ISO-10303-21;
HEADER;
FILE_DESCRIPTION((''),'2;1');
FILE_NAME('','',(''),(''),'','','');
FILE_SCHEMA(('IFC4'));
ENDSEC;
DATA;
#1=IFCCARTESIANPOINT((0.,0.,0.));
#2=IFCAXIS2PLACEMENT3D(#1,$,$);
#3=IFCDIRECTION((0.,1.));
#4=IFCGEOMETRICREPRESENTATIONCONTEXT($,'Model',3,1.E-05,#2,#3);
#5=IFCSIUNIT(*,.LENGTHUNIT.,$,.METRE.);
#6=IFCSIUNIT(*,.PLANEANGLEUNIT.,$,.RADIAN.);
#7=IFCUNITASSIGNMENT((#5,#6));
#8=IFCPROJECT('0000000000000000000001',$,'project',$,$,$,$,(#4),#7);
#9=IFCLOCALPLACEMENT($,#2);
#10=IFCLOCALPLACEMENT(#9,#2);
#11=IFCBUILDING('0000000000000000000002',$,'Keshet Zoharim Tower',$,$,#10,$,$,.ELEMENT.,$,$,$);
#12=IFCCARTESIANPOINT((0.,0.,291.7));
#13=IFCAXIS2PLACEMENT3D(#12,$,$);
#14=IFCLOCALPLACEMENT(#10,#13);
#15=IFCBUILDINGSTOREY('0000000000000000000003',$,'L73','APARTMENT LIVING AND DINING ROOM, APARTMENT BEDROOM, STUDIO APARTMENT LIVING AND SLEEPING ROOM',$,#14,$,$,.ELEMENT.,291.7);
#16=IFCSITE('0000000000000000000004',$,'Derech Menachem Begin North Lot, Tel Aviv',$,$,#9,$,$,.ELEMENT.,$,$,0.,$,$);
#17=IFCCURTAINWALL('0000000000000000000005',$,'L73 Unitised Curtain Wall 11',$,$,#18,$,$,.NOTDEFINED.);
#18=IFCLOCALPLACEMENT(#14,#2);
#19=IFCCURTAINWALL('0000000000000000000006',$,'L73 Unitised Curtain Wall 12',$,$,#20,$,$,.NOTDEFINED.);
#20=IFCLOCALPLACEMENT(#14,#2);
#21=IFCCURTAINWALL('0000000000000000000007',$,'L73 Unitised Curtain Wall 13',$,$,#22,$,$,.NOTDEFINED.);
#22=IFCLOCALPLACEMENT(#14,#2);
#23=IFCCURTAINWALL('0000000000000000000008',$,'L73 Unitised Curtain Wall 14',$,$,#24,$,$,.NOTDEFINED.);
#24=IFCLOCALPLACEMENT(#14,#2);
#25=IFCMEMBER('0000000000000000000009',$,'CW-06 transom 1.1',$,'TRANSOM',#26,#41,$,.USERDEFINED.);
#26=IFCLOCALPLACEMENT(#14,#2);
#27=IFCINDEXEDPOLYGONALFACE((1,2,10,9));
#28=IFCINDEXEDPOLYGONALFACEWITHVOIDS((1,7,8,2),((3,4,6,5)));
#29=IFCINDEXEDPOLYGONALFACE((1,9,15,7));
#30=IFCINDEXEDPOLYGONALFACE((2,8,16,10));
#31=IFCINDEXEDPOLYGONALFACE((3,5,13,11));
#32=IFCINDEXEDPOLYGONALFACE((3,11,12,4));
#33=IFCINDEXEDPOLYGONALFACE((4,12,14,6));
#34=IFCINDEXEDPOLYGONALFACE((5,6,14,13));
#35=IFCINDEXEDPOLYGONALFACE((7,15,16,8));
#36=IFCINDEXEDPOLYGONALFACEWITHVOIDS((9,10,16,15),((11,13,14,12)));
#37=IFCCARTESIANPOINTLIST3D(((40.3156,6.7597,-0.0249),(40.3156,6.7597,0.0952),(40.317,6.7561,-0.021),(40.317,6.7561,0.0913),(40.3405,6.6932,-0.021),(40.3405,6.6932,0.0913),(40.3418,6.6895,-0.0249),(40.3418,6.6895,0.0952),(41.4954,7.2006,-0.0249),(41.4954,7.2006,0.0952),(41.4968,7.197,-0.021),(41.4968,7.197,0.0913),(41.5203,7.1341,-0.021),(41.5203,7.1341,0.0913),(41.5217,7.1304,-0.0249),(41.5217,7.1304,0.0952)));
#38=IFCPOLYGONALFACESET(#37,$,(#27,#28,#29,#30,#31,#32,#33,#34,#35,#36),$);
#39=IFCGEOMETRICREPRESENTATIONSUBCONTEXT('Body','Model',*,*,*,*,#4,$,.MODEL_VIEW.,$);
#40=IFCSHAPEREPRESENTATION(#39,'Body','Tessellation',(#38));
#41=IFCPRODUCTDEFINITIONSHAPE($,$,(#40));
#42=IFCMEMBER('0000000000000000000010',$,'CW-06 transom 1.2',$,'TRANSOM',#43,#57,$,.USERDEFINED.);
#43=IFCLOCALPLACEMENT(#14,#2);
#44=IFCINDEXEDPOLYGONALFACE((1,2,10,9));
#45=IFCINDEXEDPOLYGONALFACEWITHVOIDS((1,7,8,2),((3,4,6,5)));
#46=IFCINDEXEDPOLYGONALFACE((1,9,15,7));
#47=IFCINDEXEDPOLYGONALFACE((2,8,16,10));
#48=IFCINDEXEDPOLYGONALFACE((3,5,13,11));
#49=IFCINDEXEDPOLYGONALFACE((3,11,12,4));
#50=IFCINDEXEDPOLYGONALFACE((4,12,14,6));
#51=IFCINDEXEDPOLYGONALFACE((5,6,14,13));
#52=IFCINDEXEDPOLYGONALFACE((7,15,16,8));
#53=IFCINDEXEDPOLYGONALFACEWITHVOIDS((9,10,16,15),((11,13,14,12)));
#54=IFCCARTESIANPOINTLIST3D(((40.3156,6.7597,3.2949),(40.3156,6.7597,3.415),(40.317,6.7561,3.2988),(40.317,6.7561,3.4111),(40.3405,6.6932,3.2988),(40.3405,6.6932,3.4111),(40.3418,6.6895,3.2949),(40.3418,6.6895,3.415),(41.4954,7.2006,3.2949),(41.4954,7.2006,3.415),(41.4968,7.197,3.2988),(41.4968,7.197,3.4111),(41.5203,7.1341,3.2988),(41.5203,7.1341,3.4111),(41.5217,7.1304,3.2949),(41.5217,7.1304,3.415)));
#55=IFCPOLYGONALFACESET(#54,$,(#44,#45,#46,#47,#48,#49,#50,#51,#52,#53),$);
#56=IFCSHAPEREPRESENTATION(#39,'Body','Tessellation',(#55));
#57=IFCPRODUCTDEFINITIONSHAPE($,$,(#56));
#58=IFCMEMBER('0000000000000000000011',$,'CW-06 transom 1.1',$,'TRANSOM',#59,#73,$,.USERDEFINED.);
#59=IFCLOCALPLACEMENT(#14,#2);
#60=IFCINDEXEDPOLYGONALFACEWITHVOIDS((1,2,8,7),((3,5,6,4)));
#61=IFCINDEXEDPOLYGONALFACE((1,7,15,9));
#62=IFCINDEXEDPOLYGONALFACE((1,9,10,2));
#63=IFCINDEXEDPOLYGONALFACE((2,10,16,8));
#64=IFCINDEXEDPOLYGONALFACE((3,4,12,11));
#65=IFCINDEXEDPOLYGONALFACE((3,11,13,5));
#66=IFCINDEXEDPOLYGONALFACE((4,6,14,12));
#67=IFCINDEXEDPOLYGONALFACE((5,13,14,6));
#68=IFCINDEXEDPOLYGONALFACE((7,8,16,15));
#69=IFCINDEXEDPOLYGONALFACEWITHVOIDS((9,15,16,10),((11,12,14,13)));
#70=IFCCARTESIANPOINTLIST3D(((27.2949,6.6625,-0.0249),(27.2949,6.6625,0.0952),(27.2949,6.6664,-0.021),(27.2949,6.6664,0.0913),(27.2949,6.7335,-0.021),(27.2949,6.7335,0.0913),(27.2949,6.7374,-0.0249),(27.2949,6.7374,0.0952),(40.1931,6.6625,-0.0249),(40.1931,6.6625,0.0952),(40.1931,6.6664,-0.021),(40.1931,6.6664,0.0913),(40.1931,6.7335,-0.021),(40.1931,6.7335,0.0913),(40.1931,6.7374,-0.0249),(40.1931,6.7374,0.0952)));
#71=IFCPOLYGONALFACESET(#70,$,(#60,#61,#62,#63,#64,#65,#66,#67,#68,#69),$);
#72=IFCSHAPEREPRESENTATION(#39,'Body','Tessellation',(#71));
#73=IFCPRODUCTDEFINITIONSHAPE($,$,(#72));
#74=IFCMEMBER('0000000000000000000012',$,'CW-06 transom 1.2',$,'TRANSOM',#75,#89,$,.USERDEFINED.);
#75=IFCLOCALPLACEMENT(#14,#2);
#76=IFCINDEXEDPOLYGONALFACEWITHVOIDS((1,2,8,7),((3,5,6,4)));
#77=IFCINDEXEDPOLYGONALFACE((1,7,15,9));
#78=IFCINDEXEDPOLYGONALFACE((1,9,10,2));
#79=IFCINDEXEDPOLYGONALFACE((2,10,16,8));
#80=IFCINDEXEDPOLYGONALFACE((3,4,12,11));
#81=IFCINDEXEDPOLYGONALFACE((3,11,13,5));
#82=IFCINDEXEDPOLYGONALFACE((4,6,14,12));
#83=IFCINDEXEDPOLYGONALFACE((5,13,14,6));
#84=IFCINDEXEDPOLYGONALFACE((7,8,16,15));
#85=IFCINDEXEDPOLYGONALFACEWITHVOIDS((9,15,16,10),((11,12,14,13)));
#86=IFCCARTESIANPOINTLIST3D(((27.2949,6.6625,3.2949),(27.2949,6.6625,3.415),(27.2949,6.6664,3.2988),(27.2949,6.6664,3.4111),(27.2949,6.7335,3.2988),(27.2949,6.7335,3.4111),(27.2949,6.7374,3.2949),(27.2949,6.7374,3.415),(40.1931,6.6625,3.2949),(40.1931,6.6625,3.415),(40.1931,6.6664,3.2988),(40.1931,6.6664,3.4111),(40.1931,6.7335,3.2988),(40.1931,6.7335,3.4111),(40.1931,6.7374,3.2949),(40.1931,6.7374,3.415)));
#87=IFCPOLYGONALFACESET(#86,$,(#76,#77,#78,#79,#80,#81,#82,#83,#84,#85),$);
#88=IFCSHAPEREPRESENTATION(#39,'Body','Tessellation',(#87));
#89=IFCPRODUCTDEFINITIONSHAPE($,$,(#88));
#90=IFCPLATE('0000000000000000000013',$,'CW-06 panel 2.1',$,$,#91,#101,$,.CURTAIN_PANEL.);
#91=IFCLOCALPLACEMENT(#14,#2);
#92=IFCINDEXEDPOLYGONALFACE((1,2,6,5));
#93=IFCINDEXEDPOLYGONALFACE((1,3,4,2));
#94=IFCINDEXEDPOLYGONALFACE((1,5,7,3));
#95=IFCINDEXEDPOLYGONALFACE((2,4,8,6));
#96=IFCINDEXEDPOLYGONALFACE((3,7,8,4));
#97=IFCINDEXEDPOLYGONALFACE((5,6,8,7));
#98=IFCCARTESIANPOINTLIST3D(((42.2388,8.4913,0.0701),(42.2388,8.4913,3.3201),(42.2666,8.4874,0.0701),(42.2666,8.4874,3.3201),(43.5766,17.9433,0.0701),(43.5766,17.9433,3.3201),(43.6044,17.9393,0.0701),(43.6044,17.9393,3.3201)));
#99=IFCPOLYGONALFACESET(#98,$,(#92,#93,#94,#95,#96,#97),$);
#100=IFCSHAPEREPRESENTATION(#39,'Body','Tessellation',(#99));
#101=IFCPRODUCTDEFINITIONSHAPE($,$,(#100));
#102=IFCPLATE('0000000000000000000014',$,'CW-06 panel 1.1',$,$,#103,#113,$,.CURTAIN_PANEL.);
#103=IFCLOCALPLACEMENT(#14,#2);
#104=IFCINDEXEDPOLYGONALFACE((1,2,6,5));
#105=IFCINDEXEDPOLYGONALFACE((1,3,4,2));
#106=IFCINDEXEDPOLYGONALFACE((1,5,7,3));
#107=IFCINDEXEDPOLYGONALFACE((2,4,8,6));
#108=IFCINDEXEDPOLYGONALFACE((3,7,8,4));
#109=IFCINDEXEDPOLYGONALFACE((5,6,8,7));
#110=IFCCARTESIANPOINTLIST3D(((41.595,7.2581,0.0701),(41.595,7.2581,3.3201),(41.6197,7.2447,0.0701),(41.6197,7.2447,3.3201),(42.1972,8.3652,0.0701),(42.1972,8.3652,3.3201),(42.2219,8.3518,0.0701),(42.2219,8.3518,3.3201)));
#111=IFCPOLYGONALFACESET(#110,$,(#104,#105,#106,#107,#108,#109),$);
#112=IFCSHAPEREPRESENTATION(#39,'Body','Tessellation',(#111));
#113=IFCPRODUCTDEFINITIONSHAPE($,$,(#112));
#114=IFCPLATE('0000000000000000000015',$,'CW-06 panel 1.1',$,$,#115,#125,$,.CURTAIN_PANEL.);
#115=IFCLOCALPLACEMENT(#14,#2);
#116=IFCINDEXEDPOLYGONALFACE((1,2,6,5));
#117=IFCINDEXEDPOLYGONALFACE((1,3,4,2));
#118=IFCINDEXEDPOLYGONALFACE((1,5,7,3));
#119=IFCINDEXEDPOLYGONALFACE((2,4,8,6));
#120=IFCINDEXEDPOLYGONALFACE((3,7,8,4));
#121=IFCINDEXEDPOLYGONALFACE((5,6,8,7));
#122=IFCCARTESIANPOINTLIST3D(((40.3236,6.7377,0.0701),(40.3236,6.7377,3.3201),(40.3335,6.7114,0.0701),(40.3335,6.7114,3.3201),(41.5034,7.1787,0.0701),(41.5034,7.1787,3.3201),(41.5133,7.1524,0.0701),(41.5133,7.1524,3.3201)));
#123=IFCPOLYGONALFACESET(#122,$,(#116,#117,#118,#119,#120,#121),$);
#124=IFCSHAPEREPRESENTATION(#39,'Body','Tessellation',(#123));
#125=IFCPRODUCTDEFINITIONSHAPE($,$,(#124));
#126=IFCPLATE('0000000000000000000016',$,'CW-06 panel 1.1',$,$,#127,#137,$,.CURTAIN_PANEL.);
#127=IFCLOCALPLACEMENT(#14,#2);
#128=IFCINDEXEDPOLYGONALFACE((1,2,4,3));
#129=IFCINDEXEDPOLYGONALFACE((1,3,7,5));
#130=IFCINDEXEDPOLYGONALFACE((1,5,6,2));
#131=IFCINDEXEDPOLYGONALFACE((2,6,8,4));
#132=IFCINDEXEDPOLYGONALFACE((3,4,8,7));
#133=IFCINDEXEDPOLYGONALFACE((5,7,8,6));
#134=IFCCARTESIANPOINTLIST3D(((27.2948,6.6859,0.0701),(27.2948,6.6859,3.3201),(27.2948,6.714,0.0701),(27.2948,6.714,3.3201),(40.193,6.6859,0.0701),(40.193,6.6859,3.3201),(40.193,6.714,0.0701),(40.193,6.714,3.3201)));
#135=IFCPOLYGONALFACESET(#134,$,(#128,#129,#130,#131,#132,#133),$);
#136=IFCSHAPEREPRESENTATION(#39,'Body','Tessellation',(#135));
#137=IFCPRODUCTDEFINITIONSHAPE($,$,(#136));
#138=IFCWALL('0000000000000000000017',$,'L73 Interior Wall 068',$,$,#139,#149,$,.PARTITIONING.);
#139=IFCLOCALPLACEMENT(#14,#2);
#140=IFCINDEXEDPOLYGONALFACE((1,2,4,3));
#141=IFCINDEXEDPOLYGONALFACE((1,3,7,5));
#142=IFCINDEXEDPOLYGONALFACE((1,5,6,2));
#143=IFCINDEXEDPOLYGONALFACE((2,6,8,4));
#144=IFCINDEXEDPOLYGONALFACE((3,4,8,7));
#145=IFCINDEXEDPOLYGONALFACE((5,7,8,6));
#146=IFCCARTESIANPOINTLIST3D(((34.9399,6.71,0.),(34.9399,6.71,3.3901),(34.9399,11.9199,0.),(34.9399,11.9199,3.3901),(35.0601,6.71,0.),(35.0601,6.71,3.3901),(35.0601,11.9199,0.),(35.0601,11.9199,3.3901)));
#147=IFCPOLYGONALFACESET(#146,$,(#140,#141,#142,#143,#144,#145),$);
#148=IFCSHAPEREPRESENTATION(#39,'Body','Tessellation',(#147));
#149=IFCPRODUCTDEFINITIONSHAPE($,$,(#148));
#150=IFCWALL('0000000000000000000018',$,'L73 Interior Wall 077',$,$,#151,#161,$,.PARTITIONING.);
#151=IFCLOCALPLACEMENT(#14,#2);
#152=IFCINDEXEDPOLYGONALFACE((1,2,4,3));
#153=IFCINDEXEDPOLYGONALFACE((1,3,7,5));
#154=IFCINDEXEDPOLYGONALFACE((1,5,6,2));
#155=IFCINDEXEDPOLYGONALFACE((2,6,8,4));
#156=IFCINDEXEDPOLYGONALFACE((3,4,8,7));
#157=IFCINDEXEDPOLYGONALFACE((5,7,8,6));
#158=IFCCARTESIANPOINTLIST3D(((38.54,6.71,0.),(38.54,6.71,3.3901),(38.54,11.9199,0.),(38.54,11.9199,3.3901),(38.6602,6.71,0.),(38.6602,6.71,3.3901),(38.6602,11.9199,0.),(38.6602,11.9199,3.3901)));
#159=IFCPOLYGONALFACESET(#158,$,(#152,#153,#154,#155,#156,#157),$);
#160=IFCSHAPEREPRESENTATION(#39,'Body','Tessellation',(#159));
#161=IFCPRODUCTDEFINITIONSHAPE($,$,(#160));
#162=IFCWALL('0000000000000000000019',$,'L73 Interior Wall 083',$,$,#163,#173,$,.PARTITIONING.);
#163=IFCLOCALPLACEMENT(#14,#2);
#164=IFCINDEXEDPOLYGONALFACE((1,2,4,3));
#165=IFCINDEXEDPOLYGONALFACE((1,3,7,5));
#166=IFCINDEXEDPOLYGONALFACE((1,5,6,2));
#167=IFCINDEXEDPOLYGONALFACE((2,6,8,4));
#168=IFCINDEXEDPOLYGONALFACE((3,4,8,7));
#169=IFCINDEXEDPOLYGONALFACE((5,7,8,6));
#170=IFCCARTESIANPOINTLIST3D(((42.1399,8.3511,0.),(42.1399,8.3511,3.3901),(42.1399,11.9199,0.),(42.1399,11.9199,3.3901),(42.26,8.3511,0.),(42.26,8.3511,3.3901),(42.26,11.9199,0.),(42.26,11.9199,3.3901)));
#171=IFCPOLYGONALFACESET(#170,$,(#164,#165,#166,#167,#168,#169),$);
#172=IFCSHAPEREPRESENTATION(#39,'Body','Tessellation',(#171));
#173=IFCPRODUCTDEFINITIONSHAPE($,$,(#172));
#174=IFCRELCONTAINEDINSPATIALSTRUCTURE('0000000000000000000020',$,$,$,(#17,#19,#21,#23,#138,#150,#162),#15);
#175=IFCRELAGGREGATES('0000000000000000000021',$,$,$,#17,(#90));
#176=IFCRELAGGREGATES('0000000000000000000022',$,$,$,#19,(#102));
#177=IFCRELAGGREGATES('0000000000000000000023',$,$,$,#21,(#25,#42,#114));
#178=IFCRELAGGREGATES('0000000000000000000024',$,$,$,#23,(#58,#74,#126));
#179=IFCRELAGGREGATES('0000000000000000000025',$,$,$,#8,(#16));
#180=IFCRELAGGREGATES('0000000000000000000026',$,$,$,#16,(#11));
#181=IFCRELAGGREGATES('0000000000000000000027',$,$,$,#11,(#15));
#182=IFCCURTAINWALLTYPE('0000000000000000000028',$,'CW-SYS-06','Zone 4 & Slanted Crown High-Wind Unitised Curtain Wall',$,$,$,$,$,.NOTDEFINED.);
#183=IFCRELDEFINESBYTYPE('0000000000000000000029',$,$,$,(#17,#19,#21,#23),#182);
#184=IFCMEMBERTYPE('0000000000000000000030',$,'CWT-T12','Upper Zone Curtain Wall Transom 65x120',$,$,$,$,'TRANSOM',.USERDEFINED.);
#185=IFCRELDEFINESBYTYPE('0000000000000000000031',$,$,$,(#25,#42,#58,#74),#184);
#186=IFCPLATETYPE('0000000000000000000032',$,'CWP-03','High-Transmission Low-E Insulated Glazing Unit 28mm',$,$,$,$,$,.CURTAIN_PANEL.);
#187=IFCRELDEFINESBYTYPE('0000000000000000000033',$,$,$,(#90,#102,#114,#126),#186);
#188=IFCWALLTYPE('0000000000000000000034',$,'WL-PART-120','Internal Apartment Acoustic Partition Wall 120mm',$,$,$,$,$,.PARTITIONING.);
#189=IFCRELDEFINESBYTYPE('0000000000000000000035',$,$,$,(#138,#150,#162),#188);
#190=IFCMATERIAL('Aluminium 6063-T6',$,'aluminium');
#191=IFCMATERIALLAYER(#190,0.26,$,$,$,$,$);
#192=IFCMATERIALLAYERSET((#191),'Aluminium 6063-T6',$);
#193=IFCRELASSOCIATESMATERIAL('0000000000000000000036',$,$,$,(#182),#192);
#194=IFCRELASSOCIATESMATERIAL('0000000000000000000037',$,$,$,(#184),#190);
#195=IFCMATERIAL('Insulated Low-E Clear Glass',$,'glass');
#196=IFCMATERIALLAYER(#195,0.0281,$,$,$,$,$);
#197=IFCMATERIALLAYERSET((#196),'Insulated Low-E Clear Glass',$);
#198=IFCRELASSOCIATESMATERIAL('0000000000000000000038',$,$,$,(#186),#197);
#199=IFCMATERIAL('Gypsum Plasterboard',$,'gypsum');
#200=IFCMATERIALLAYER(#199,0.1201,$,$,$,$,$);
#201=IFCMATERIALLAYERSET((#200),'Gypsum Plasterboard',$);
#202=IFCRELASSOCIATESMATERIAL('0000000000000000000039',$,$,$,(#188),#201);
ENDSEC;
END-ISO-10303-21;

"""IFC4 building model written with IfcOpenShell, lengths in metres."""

from ifc_helpers import new_model, si_unit, direction, frame, frame_2d, origin, origin_2d, place, context, subcontext, project, spatial, rectangle, hollow_rectangle, extrude, material, layer, layer_set, material_profile, profile_set, type_object, element, aggregate, save


model = new_model("IFC4")

# Units and contexts
model_context = context("Model", 3, precision=1e-05, world=origin(), true_north=direction((0.0, 1.0)))
body_context = subcontext(model_context, "Body", "Model", "MODEL_VIEW")
ifc_project = project(units=[si_unit("LENGTHUNIT", "METRE"), si_unit("PLANEANGLEUNIT", "RADIAN")], contexts=[model_context])

# Site, building, storey
site_placement = place(None, origin())
site = spatial("IfcSite", under=ifc_project, at=site_placement, Name="Derech Menachem Begin North Lot, Tel Aviv", CompositionType="ELEMENT", RefElevation=0.0)
building_placement = place(site_placement, origin())
building = spatial("IfcBuilding", under=site, at=building_placement, Name="Keshet Zoharim Tower", CompositionType="ELEMENT")
storey_placement = place(building_placement, frame((0.0, 0.0, 291.7)))
storey = spatial("IfcBuildingStorey", under=building, at=storey_placement, Name="L73", Description="APARTMENT LIVING AND DINING ROOM, APARTMENT BEDROOM, STUDIO APARTMENT LIVING AND SLEEPING ROOM", CompositionType="ELEMENT", Elevation=291.7)

# Curtain wall
ifc_material_1 = material(Name="Aluminium 6063-T6", Category="aluminium")
ifc_layer_1 = layer(ifc_material_1, 0.26)
ifc_layer_set_1 = layer_set([ifc_layer_1], Name="Aluminium 6063-T6")
curtain_wall_type = type_object("IfcCurtainWallType", Name="CW-SYS-06", Description="Zone 4 & Slanted Crown High-Wind Unitised Curtain Wall", PredefinedType="NOTDEFINED", material=ifc_layer_set_1)
curtain_wall_1_placement = place(storey_placement, origin())
curtain_wall_1 = element("IfcCurtainWall", 1, at=curtain_wall_1_placement, inside=storey, type_object=curtain_wall_type, Name="L73 Unitised Curtain Wall 11", PredefinedType="NOTDEFINED")

# Curtain walls
curtain_wall_2_placement = place(storey_placement, origin())
curtain_wall_2 = element("IfcCurtainWall", 2, at=curtain_wall_2_placement, inside=storey, type_object=curtain_wall_type, Name="L73 Unitised Curtain Wall 12", PredefinedType="NOTDEFINED")
curtain_wall_3_placement = place(storey_placement, origin())
curtain_wall_3 = element("IfcCurtainWall", 3, at=curtain_wall_3_placement, inside=storey, type_object=curtain_wall_type, Name="L73 Unitised Curtain Wall 13", PredefinedType="NOTDEFINED")

# Curtain wall
curtain_wall_4_placement = place(storey_placement, origin())
curtain_wall_4 = element("IfcCurtainWall", 4, at=curtain_wall_4_placement, inside=storey, type_object=curtain_wall_type, Name="L73 Unitised Curtain Wall 14", PredefinedType="NOTDEFINED")

# Members
ifc_material_profile_1 = material_profile(ifc_material_1, hollow_rectangle(XDim=0.075, YDim=0.1201, WallThickness=0.0039, at=origin_2d()), Name="TRN-75x120")
ifc_profile_set_1 = profile_set([ifc_material_profile_1], Name="Aluminium 6063-T6")
member_type_1 = type_object("IfcMemberType", Name="CWT-T12", Description="Upper Zone Curtain Wall Transom 65x120", ElementType="TRANSOM", PredefinedType="USERDEFINED", material=ifc_profile_set_1)
member_1_placement = place(storey_placement, frame((41.5085, 7.1655, 0.0352), z_axis=(-0.936735, -0.35004, 0.0), x_axis=(0.35004, -0.936735, 0.0)))
member_1 = element("IfcMember", 5, at=member_1_placement, type_object=member_type_1, Name="CW-06 transom 1.1", ObjectType="TRANSOM", PredefinedType="USERDEFINED", context=body_context, shape_type="SweptSolid", body=[
    extrude(hollow_rectangle(XDim=0.075, YDim=0.1201, WallThickness=0.0039, at=origin_2d()), origin(), (0.0, 0.0, 1.0), 1.2595),
])
member_2_placement = place(storey_placement, frame((41.5085, 7.1655, 3.355), z_axis=(-0.936735, -0.35004, 0.0), x_axis=(0.35004, -0.936735, 0.0)))
member_2 = element("IfcMember", 6, at=member_2_placement, type_object=member_type_1, Name="CW-06 transom 1.2", ObjectType="TRANSOM", PredefinedType="USERDEFINED", context=body_context, shape_type="SweptSolid", body=[
    extrude(hollow_rectangle(XDim=0.075, YDim=0.1201, WallThickness=0.0039, at=origin_2d()), origin(), (0.0, 0.0, 1.0), 1.2595),
])
member_3_placement = place(storey_placement, frame((40.1931, 6.7, 0.0352), z_axis=(-1.0, 0.0, 0.0), x_axis=(0.0, -1.0, 0.0)))
member_3 = element("IfcMember", 7, at=member_3_placement, type_object=member_type_1, Name="CW-06 transom 1.1", ObjectType="TRANSOM", PredefinedType="USERDEFINED", context=body_context, shape_type="SweptSolid", body=[
    extrude(hollow_rectangle(XDim=0.075, YDim=0.1201, WallThickness=0.0039, at=origin_2d()), origin(), (0.0, 0.0, 1.0), 12.8982),
])
member_4_placement = place(storey_placement, frame((40.1931, 6.7, 3.355), z_axis=(-1.0, 0.0, 0.0), x_axis=(0.0, -1.0, 0.0)))
member_4 = element("IfcMember", 8, at=member_4_placement, type_object=member_type_1, Name="CW-06 transom 1.2", ObjectType="TRANSOM", PredefinedType="USERDEFINED", context=body_context, shape_type="SweptSolid", body=[
    extrude(hollow_rectangle(XDim=0.075, YDim=0.1201, WallThickness=0.0039, at=origin_2d()), origin(), (0.0, 0.0, 1.0), 12.8982),
])

# Plates
ifc_material_2 = material(Name="Insulated Low-E Clear Glass", Category="glass")
ifc_layer_2 = layer(ifc_material_2, 0.0281)
ifc_layer_set_2 = layer_set([ifc_layer_2], Name="Insulated Low-E Clear Glass")
plate_type = type_object("IfcPlateType", Name="CWP-03", Description="High-Transmission Low-E Insulated Glazing Unit 28mm", PredefinedType="CURTAIN_PANEL", material=ifc_layer_set_2)
plate_1_placement = place(storey_placement, frame((42.9216, 13.2153, 0.0701), z_axis=(0.0, 0.0, 1.0), x_axis=(-0.140137, -0.990132, 0.0)))
plate_1 = element("IfcPlate", 9, at=plate_1_placement, type_object=plate_type, Name="CW-06 panel 2.1", PredefinedType="CURTAIN_PANEL", context=body_context, shape_type="SweptSolid", body=[
    extrude(rectangle(XDim=9.5461, YDim=0.0281, at=origin_2d()), origin(), (0.0, 0.0, 1.0), 3.25),
])
aggregate(curtain_wall_1, [plate_1])
plate_2_placement = place(storey_placement, frame((41.9084, 7.8049, 0.0701), z_axis=(0.0, 0.0, 1.0), x_axis=(-0.477801, -0.878468, 0.0)))
plate_2 = element("IfcPlate", 10, at=plate_2_placement, type_object=plate_type, Name="CW-06 panel 1.1", PredefinedType="CURTAIN_PANEL", context=body_context, shape_type="SweptSolid", body=[
    extrude(rectangle(XDim=1.2603, YDim=0.0281, at=origin_2d()), origin(), (0.0, 0.0, 1.0), 3.25),
])
aggregate(curtain_wall_2, [plate_2])
plate_3_placement = place(storey_placement, frame((40.9185, 6.9451, 0.0701), z_axis=(0.0, 0.0, 1.0), x_axis=(-0.93671, -0.350105, 0.0)))
plate_3 = element("IfcPlate", 11, at=plate_3_placement, type_object=plate_type, Name="CW-06 panel 1.1", PredefinedType="CURTAIN_PANEL", context=body_context, shape_type="SweptSolid", body=[
    extrude(rectangle(XDim=1.2595, YDim=0.0281, at=origin_2d()), origin(), (0.0, 0.0, 1.0), 3.25),
])
aggregate(curtain_wall_3, [member_1, member_2, plate_3])
plate_4_placement = place(storey_placement, frame((33.7439, 6.7, 0.0701), z_axis=(0.0, 0.0, 1.0), x_axis=(-1.0, 0.0, 0.0)))
plate_4 = element("IfcPlate", 12, at=plate_4_placement, type_object=plate_type, Name="CW-06 panel 1.1", PredefinedType="CURTAIN_PANEL", context=body_context, shape_type="SweptSolid", body=[
    extrude(rectangle(XDim=12.8982, YDim=0.0281, at=origin_2d()), origin(), (0.0, 0.0, 1.0), 3.25),
])
aggregate(curtain_wall_4, [member_3, member_4, plate_4])

# Walls
ifc_material_3 = material(Name="Gypsum Plasterboard", Category="gypsum")
ifc_layer_3 = layer(ifc_material_3, 0.1201)
ifc_layer_set_3 = layer_set([ifc_layer_3], Name="Gypsum Plasterboard")
wall_type_1 = type_object("IfcWallType", Name="WL-PART-120", Description="Internal Apartment Acoustic Partition Wall 120mm", PredefinedType="PARTITIONING", material=ifc_layer_set_3)
for number, where, z_axis, x_axis, name in (
    (13, (35.0, 6.71, 0.0), (0.0, 0.0, 1.0), (0.0, 1.0, 0.0), "L73 Interior Wall 068"),
    (14, (38.6001, 6.71, 0.0), (0.0, 0.0, 1.0), (0.0, 1.0, 0.0), "L73 Interior Wall 077"),
):
    element("IfcWall", number, at=place(storey_placement, frame(where, z_axis=z_axis, x_axis=x_axis)), inside=storey, type_object=wall_type_1, Name=name, PredefinedType="PARTITIONING", context=body_context, shape_type="SweptSolid", body=[
        extrude(rectangle(XDim=5.21, YDim=0.1201, at=frame_2d((2.605, 0.0))), origin(), (0.0, 0.0, 1.0), 3.3901),
    ])
wall_1_placement = place(storey_placement, frame((42.2, 8.3511, 0.0), z_axis=(0.0, 0.0, 1.0), x_axis=(0.0, 1.0, 0.0)))
element("IfcWall", 15, at=wall_1_placement, inside=storey, type_object=wall_type_1, Name="L73 Interior Wall 083", PredefinedType="PARTITIONING", context=body_context, shape_type="SweptSolid", body=[
    extrude(rectangle(XDim=3.5688, YDim=0.1201, at=frame_2d((1.7844, 0.0))), origin(), (0.0, 0.0, 1.0), 3.3901),
])

save(model, "model.ifc")
